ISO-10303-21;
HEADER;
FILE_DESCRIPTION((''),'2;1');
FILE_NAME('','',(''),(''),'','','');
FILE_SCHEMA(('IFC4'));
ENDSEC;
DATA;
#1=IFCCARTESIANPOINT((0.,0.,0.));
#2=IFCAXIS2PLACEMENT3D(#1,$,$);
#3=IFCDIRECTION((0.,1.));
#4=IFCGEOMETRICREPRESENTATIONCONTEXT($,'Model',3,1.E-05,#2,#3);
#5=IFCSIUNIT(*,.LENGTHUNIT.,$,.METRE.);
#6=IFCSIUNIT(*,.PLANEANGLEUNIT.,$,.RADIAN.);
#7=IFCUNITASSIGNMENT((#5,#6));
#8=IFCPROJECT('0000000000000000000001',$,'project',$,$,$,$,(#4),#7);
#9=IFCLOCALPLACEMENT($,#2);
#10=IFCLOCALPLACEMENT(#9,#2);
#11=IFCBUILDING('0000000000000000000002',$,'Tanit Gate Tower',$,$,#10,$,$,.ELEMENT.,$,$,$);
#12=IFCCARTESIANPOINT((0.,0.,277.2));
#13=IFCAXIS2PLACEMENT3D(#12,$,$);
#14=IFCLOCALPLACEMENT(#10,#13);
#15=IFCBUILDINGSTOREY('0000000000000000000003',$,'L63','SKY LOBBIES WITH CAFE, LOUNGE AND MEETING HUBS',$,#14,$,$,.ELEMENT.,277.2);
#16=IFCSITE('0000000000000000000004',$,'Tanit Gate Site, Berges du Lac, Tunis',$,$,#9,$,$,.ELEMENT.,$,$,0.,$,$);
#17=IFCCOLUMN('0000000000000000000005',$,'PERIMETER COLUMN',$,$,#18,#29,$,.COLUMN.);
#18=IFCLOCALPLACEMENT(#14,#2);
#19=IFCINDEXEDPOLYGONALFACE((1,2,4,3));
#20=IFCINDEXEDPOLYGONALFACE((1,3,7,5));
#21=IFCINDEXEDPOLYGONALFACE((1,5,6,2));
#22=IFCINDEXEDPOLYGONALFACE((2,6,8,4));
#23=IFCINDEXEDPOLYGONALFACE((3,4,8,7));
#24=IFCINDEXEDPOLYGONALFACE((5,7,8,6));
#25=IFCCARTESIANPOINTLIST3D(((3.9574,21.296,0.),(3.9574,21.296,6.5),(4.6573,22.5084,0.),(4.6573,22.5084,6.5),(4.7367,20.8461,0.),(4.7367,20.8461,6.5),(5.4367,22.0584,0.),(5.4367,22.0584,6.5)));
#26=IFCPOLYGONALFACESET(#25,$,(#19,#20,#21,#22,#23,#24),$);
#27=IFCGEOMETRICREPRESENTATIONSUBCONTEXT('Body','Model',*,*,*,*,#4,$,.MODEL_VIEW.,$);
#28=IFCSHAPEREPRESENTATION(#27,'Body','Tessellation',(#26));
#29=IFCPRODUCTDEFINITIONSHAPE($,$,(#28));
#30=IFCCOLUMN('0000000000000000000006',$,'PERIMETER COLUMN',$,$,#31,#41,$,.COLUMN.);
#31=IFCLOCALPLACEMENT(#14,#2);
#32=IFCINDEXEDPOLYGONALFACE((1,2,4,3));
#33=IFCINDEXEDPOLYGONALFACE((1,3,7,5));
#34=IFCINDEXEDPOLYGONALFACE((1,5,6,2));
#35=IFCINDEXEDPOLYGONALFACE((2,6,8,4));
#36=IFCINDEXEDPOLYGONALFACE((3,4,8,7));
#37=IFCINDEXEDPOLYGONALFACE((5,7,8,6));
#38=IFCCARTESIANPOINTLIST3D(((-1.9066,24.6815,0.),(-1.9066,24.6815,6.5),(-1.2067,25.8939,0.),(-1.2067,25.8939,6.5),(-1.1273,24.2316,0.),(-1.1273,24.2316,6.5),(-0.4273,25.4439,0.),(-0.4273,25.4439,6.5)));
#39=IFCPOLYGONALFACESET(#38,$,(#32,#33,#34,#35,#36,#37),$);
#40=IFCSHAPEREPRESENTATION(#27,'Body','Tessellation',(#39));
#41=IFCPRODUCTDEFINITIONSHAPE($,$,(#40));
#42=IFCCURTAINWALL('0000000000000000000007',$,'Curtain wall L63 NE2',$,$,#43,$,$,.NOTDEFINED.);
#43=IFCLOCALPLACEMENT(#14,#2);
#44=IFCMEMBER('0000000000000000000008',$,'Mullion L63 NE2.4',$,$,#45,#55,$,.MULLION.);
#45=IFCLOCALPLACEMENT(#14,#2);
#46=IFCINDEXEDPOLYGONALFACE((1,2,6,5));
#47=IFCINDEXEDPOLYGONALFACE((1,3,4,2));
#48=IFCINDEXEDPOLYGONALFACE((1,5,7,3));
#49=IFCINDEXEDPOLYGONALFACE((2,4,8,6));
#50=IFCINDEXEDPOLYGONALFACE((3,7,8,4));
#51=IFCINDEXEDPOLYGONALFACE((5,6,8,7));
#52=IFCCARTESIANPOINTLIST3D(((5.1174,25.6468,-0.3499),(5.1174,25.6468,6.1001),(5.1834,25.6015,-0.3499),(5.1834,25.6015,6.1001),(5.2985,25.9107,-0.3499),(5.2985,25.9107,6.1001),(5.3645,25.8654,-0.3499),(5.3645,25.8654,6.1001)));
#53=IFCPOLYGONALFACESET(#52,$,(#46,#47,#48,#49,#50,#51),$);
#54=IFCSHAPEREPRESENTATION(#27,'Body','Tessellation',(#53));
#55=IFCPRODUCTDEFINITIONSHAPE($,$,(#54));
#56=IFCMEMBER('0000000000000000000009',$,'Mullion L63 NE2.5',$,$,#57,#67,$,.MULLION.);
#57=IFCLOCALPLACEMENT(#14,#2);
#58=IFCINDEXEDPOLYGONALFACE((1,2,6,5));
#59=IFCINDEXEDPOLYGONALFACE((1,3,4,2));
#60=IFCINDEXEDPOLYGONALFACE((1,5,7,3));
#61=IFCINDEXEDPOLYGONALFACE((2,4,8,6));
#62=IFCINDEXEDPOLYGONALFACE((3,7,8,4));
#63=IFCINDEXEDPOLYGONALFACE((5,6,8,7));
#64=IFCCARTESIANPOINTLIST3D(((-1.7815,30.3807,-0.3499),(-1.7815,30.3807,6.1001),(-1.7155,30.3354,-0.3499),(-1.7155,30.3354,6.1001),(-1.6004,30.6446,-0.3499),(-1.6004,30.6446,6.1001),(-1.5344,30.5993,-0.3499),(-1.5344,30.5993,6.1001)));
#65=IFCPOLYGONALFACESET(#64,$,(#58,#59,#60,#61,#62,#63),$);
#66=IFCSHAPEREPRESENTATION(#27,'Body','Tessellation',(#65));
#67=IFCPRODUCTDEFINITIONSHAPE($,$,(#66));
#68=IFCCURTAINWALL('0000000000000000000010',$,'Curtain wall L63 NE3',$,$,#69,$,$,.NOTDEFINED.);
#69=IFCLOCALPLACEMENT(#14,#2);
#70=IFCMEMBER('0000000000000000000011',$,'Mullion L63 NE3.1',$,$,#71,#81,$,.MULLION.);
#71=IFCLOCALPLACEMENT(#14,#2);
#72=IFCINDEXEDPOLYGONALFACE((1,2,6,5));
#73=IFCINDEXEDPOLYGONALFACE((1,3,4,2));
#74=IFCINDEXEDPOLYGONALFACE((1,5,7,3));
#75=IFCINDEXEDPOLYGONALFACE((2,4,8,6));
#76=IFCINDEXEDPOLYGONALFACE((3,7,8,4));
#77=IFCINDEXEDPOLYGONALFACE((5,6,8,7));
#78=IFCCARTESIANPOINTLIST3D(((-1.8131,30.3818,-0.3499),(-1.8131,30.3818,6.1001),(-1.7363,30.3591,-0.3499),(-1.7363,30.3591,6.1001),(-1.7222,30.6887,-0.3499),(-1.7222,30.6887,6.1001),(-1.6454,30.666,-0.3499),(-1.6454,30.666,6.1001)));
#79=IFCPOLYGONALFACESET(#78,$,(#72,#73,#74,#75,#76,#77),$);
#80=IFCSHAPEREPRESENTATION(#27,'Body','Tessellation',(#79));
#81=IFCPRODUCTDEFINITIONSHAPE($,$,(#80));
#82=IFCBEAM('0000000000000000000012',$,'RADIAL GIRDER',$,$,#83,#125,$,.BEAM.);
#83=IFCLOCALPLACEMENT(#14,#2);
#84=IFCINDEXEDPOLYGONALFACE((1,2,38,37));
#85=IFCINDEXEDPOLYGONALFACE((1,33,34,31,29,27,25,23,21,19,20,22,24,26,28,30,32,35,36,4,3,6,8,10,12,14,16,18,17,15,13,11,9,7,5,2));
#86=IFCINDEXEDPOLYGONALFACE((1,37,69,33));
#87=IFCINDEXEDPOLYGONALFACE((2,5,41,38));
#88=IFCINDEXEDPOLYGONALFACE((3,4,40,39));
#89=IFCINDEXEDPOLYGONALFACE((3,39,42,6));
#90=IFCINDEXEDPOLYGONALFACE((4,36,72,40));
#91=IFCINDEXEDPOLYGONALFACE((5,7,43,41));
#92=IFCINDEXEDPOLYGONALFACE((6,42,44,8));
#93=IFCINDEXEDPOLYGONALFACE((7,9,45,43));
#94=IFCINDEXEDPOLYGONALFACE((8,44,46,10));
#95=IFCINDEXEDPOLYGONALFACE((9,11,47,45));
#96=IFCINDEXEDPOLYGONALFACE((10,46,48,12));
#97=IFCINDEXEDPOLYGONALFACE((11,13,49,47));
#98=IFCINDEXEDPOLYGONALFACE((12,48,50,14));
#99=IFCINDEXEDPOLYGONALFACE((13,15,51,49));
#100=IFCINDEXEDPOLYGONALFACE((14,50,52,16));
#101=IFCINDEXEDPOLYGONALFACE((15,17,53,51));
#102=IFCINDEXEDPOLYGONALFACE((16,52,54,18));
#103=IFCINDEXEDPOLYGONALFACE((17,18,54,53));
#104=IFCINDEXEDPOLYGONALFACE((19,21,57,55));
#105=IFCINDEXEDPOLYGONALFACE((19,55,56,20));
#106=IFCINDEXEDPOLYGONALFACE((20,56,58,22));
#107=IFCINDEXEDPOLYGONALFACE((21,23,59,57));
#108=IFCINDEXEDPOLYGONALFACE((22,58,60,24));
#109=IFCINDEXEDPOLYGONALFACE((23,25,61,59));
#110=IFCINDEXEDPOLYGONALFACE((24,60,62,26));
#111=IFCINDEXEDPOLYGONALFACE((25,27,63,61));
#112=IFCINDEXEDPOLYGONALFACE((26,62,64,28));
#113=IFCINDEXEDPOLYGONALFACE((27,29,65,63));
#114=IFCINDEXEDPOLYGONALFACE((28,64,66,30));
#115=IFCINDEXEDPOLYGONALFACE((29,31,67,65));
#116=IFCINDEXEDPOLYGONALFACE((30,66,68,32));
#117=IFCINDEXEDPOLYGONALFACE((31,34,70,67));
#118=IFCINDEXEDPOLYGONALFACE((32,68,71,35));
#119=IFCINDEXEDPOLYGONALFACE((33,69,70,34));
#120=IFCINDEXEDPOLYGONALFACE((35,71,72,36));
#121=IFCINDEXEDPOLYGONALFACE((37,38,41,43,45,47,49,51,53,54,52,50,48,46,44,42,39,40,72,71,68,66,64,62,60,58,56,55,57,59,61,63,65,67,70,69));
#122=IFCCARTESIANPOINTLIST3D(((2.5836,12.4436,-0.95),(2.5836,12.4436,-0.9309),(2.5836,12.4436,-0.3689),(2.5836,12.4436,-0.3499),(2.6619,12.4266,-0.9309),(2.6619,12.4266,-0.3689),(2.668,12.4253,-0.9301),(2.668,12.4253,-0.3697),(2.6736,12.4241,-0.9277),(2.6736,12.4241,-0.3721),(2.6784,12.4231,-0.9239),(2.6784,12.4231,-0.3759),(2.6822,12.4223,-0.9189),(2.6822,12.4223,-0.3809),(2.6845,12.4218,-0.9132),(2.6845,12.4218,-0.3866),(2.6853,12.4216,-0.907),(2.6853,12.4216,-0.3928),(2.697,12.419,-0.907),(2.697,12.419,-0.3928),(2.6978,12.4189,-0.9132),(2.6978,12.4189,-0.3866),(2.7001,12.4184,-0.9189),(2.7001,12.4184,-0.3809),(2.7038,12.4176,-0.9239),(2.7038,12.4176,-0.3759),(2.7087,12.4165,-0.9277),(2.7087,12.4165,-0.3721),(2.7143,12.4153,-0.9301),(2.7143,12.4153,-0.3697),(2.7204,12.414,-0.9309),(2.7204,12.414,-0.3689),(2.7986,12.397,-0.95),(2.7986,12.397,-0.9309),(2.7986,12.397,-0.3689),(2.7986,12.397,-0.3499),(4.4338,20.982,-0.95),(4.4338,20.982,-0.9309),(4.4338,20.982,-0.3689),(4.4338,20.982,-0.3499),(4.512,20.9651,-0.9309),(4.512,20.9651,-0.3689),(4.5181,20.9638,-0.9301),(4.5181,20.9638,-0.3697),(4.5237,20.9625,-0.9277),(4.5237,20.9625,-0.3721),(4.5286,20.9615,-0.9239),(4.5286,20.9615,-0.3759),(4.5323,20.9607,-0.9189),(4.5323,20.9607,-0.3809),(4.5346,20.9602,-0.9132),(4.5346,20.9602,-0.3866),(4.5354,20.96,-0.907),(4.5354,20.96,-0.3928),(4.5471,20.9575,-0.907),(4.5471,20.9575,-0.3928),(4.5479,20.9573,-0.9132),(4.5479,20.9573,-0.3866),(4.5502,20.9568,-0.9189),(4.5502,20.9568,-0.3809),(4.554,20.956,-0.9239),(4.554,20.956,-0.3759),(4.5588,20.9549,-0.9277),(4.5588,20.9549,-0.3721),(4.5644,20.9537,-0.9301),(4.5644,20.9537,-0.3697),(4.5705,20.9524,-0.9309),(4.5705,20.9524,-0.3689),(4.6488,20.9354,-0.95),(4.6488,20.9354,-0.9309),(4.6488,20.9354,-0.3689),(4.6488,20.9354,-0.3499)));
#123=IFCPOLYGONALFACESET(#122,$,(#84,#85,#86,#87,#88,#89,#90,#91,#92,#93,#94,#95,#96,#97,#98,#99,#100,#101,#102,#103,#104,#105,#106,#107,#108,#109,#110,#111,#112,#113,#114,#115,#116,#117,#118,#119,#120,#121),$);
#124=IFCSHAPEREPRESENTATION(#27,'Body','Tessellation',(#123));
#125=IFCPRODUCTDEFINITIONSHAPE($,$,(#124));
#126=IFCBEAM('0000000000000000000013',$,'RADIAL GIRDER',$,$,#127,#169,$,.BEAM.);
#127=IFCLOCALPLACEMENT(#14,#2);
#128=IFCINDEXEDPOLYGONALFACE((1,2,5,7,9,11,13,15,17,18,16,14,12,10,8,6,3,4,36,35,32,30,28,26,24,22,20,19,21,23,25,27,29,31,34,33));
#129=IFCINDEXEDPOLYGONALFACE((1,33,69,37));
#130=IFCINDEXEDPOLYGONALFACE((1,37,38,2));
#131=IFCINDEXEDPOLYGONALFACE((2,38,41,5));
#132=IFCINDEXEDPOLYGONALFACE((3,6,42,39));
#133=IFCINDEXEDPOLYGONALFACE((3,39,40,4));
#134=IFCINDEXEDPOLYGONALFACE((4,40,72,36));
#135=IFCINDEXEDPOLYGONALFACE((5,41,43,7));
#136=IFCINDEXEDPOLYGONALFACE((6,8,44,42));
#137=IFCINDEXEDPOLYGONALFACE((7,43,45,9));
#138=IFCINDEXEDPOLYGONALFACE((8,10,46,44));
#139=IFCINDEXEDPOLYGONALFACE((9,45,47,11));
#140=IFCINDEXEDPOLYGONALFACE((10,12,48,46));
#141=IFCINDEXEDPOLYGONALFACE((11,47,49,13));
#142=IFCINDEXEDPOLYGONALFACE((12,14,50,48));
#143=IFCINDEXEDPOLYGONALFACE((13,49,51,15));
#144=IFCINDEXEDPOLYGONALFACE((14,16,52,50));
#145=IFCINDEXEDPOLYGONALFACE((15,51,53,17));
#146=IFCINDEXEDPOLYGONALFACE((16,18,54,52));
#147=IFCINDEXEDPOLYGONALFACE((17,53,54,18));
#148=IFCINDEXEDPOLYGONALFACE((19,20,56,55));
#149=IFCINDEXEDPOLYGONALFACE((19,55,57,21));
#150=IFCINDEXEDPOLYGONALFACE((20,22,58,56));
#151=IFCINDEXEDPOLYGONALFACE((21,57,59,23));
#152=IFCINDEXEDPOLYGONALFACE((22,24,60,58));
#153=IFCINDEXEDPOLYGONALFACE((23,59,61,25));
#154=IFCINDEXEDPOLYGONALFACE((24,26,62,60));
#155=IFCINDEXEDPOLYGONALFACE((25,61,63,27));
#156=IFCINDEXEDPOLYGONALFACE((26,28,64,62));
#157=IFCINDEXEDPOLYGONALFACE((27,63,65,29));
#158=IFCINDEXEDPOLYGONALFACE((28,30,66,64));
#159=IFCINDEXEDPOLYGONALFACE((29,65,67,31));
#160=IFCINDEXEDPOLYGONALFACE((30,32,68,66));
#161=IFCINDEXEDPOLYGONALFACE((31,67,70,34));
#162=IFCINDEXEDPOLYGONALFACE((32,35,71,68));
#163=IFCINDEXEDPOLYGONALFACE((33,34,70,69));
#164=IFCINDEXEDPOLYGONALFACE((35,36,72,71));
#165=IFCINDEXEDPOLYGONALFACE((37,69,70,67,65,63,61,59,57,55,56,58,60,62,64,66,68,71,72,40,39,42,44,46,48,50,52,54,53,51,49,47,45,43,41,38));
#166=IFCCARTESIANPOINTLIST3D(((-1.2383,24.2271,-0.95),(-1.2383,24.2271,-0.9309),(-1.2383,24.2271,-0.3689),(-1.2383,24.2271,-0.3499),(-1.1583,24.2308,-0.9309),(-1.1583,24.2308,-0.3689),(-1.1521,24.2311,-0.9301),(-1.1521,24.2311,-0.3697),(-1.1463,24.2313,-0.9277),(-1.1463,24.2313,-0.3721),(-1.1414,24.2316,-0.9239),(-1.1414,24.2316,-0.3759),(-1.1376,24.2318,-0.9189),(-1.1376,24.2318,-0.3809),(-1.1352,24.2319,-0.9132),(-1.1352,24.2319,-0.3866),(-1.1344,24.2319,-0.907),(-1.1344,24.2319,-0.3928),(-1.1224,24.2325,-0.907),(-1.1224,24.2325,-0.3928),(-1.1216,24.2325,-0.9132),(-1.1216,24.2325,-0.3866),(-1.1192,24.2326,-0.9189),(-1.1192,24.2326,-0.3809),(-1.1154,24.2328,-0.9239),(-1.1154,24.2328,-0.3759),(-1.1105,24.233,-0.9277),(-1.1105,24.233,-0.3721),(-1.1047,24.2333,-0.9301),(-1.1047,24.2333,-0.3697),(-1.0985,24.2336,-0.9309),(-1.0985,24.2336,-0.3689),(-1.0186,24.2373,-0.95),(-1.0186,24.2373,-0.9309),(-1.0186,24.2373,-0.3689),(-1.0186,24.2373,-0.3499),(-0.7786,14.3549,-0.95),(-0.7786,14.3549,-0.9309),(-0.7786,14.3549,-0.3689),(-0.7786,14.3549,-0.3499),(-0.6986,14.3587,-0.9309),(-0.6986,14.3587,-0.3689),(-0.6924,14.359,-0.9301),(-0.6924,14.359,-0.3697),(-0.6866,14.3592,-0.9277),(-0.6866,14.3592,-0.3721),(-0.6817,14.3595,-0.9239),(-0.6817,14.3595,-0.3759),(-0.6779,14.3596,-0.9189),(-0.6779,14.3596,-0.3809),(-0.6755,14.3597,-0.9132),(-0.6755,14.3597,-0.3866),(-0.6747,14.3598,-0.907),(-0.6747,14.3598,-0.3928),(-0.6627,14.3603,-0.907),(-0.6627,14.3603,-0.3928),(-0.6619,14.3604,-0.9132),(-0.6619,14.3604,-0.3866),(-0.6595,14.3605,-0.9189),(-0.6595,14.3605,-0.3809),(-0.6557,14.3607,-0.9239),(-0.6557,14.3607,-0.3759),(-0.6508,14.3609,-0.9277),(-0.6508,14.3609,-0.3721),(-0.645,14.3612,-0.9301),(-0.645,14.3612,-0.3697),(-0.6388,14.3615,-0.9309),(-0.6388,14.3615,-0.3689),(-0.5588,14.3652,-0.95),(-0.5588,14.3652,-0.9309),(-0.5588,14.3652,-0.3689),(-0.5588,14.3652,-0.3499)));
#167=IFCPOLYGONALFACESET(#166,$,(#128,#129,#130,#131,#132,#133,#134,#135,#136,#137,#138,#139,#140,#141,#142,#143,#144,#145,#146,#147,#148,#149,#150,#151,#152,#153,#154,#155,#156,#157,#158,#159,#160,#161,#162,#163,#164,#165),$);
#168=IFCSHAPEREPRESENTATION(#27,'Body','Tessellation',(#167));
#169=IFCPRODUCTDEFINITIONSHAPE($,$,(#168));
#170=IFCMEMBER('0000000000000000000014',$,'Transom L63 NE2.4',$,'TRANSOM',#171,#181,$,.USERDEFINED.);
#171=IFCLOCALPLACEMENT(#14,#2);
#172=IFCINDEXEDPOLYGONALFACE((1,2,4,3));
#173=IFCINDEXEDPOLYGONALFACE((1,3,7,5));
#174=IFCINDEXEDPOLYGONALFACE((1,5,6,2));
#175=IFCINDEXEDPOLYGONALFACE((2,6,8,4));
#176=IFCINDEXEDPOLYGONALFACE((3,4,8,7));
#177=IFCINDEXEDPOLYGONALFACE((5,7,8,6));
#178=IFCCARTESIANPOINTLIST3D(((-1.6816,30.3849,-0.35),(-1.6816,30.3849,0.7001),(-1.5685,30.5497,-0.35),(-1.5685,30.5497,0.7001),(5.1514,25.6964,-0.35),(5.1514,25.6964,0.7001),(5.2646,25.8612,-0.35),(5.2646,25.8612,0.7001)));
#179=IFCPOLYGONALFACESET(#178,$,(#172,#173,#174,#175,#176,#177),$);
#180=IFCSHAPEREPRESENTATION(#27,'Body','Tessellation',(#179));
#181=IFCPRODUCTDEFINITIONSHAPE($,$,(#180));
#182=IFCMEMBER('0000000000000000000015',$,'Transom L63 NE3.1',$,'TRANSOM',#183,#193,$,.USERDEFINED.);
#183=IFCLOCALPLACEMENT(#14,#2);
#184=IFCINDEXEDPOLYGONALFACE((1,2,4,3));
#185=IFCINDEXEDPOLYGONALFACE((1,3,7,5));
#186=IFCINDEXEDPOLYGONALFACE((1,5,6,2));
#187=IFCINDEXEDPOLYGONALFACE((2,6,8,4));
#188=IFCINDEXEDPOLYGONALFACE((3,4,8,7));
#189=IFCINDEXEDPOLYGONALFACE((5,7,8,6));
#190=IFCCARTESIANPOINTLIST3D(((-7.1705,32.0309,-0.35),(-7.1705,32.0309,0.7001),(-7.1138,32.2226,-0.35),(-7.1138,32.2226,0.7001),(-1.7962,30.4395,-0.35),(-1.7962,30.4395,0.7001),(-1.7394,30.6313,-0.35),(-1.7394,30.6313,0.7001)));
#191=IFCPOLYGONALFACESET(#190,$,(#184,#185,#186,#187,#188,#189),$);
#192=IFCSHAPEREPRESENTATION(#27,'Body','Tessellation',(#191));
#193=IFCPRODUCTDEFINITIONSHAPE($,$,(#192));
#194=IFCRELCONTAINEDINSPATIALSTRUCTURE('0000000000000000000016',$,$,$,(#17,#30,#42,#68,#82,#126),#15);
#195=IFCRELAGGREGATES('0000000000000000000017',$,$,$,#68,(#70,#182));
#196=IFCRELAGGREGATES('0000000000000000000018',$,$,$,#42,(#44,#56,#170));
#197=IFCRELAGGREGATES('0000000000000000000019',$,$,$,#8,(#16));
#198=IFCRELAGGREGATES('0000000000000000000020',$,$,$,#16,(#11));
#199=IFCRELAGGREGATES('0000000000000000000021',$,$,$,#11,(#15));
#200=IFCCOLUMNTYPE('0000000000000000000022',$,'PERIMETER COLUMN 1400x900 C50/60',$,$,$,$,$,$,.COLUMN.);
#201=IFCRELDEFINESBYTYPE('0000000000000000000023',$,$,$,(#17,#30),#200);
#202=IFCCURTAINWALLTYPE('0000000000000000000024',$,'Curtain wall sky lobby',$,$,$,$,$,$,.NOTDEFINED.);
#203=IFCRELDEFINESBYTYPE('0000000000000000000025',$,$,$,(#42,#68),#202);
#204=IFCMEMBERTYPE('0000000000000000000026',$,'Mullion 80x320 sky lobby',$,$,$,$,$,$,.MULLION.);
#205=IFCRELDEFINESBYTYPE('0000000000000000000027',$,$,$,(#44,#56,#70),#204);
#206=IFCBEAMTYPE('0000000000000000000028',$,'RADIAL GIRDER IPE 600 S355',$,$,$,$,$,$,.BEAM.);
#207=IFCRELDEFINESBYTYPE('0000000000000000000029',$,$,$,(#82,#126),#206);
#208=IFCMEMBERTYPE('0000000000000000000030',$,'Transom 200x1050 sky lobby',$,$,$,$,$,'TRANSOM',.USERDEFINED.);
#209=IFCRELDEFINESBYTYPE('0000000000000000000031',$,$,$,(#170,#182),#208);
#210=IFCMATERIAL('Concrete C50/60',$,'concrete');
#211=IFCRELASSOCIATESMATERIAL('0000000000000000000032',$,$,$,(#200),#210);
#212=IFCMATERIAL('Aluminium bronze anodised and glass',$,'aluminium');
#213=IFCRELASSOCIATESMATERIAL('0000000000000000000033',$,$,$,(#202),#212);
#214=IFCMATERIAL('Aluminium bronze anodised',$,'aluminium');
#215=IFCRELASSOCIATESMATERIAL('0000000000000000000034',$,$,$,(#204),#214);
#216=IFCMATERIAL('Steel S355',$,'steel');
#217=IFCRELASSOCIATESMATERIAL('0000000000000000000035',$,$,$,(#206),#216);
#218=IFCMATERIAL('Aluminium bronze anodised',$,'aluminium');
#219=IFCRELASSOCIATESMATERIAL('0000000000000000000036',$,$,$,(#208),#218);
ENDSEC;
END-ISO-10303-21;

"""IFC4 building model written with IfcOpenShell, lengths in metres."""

from ifc_helpers import new_model, si_unit, direction, frame, origin, origin_2d, place, context, subcontext, project, spatial, rectangle, i_section, extrude, material, material_profile, profile_set, type_object, element, aggregate, save


model = new_model("IFC4")

# Units and contexts
model_context = context("Model", 3, precision=1e-05, world=origin(), true_north=direction((0.0, 1.0)))
body_context = subcontext(model_context, "Body", "Model", "MODEL_VIEW")
ifc_project = project(units=[si_unit("LENGTHUNIT", "METRE"), si_unit("PLANEANGLEUNIT", "RADIAN")], contexts=[model_context])

# Site, building, storey
site_placement = place(None, origin())
site = spatial("IfcSite", under=ifc_project, at=site_placement, Name="Tanit Gate Site, Berges du Lac, Tunis", CompositionType="ELEMENT", RefElevation=0.0)
building_placement = place(site_placement, origin())
building = spatial("IfcBuilding", under=site, at=building_placement, Name="Tanit Gate Tower", CompositionType="ELEMENT")
storey_placement = place(building_placement, frame((0.0, 0.0, 277.2)))
storey = spatial("IfcBuildingStorey", under=building, at=storey_placement, Name="L63", Description="SKY LOBBIES WITH CAFE, LOUNGE AND MEETING HUBS", CompositionType="ELEMENT", Elevation=277.2)

# Columns
ifc_material_1 = material(Name="Concrete C50/60", Category="concrete")
ifc_material_profile_1 = material_profile(ifc_material_1, rectangle(XDim=1.3999, YDim=0.8999, at=origin_2d()), Name="RC 1400x900")
ifc_profile_set_1 = profile_set([ifc_material_profile_1], Name="Concrete C50/60")
column_type = type_object("IfcColumnType", Name="PERIMETER COLUMN 1400x900 C50/60", PredefinedType="COLUMN", material=ifc_profile_set_1)
for number, where, z_axis, x_axis, name in (
    (1, (4.697, 21.6772, 0.0), (0.0, 0.0, 1.0), (0.5, 0.866025, 0.0), "PERIMETER COLUMN"),
    (2, (-1.167, 25.0627, 0.0), (0.0, 0.0, 1.0), (0.5, 0.866025, 0.0), "PERIMETER COLUMN"),
):
    element("IfcColumn", number, at=place(storey_placement, frame(where, z_axis=z_axis, x_axis=x_axis)), inside=storey, type_object=column_type, Name=name, PredefinedType="COLUMN", context=body_context, shape_type="SweptSolid", body=[
        extrude(rectangle(XDim=1.3999, YDim=0.8999, at=origin_2d()), origin(), (0.0, 0.0, 1.0), 6.5),
    ])

# Curtain wall, members
ifc_material_2 = material(Name="Aluminium bronze anodised and glass", Category="aluminium")
curtain_wall_type = type_object("IfcCurtainWallType", Name="Curtain wall sky lobby", PredefinedType="NOTDEFINED", material=ifc_material_2)
curtain_wall_1_placement = place(storey_placement, origin())
curtain_wall_1 = element("IfcCurtainWall", 3, at=curtain_wall_1_placement, inside=storey, type_object=curtain_wall_type, Name="Curtain wall L63 NE2", PredefinedType="NOTDEFINED")
ifc_material_3 = material(Name="Aluminium bronze anodised", Category="aluminium")
ifc_material_profile_2 = material_profile(ifc_material_3, rectangle(XDim=0.3201, YDim=0.0801, at=origin_2d()), Name="80x320 bronze mullion")
ifc_profile_set_2 = profile_set([ifc_material_profile_2], Name="Aluminium bronze anodised")
member_type_1 = type_object("IfcMemberType", Name="Mullion 80x320 sky lobby", PredefinedType="MULLION", material=ifc_profile_set_2)
member_1_placement = place(storey_placement, frame((5.241, 25.7561, -0.3499), z_axis=(0.0, 0.0, 1.0), x_axis=(-0.56578, -0.824557, 0.0)))
member_1 = element("IfcMember", 4, at=member_1_placement, type_object=member_type_1, Name="Mullion L63 NE2.4", PredefinedType="MULLION", context=body_context, shape_type="SweptSolid", body=[
    extrude(rectangle(XDim=0.3201, YDim=0.0801, at=origin_2d()), origin(), (0.0, 0.0, 1.0), 6.45),
])
member_2_placement = place(storey_placement, frame((-1.658, 30.49, -0.3499), z_axis=(0.0, 0.0, 1.0), x_axis=(-0.56578, -0.824557, 0.0)))
member_2 = element("IfcMember", 5, at=member_2_placement, type_object=member_type_1, Name="Mullion L63 NE2.5", PredefinedType="MULLION", context=body_context, shape_type="SweptSolid", body=[
    extrude(rectangle(XDim=0.3201, YDim=0.0801, at=origin_2d()), origin(), (0.0, 0.0, 1.0), 6.45),
])

# Curtain wall, member
curtain_wall_2_placement = place(storey_placement, origin())
curtain_wall_2 = element("IfcCurtainWall", 6, at=curtain_wall_2_placement, inside=storey, type_object=curtain_wall_type, Name="Curtain wall L63 NE3", PredefinedType="NOTDEFINED")
member_3_placement = place(storey_placement, frame((-1.7292, 30.5239, -0.3499), z_axis=(0.0, 0.0, 1.0), x_axis=(-0.28392, -0.958848, 0.0)))
member_3 = element("IfcMember", 7, at=member_3_placement, type_object=member_type_1, Name="Mullion L63 NE3.1", PredefinedType="MULLION", context=body_context, shape_type="SweptSolid", body=[
    extrude(rectangle(XDim=0.3201, YDim=0.0801, at=origin_2d()), origin(), (0.0, 0.0, 1.0), 6.45),
])

# Beams
ifc_material_4 = material(Name="Steel S355", Category="steel")
ifc_material_profile_3 = material_profile(ifc_material_4, i_section(OverallWidth=0.22, OverallDepth=0.6001, WebThickness=0.012, FlangeThickness=0.019, FilletRadius=0.0239, at=origin_2d()), Name="IPE 600")
ifc_profile_set_3 = profile_set([ifc_material_profile_3], Name="Steel S355")
beam_type = type_object("IfcBeamType", Name="RADIAL GIRDER IPE 600 S355", PredefinedType="BEAM", material=ifc_profile_set_3)
beam_1_placement = place(storey_placement, frame((4.5413, 20.9587, -0.6499), z_axis=(-0.211767, -0.97732, 0.0), x_axis=(0.97732, -0.211767, 0.0)))
element("IfcBeam", 8, at=beam_1_placement, inside=storey, type_object=beam_type, Name="RADIAL GIRDER", PredefinedType="BEAM", context=body_context, shape_type="SweptSolid", body=[
    extrude(i_section(OverallWidth=0.22, OverallDepth=0.6001, WebThickness=0.012, FlangeThickness=0.019, FilletRadius=0.0239, at=origin_2d()), origin(), (0.0, 0.0, 1.0), 8.7366),
])
beam_2_placement = place(storey_placement, frame((-1.1284, 24.2322, -0.6499), z_axis=(0.046517, -0.998917, 0.0), x_axis=(0.998917, 0.046517, 0.0)))
element("IfcBeam", 9, at=beam_2_placement, inside=storey, type_object=beam_type, Name="RADIAL GIRDER", PredefinedType="BEAM", context=body_context, shape_type="SweptSolid", body=[
    extrude(i_section(OverallWidth=0.22, OverallDepth=0.6001, WebThickness=0.012, FlangeThickness=0.019, FilletRadius=0.0239, at=origin_2d()), origin(), (0.0, 0.0, 1.0), 9.8828),
])

# Members
ifc_material_5 = material(Name="Aluminium bronze anodised", Category="aluminium")
ifc_material_profile_4 = material_profile(ifc_material_5, rectangle(XDim=0.2, YDim=1.05, at=origin_2d()), Name="200x1050 bronze transom")
ifc_profile_set_4 = profile_set([ifc_material_profile_4], Name="Aluminium bronze anodised")
member_type_2 = type_object("IfcMemberType", Name="Transom 200x1050 sky lobby", ElementType="TRANSOM", PredefinedType="USERDEFINED", material=ifc_profile_set_4)
member_4_placement = place(storey_placement, frame((5.208, 25.7788, 0.175), z_axis=(-0.824561, 0.565773, 0.0), x_axis=(-0.565773, -0.824561, 0.0)))
member_4 = element("IfcMember", 10, at=member_4_placement, type_object=member_type_2, Name="Transom L63 NE2.4", ObjectType="TRANSOM", PredefinedType="USERDEFINED", context=body_context, shape_type="SweptSolid", body=[
    extrude(rectangle(XDim=0.2, YDim=1.05, at=origin_2d()), origin(), (0.0, 0.0, 1.0), 8.2869),
])
member_5_placement = place(storey_placement, frame((-1.7678, 30.5354, 0.175), z_axis=(-0.95885, 0.283913, 0.0), x_axis=(-0.283913, -0.95885, 0.0)))
member_5 = element("IfcMember", 11, at=member_5_placement, type_object=member_type_2, Name="Transom L63 NE3.1", ObjectType="TRANSOM", PredefinedType="USERDEFINED", context=body_context, shape_type="SweptSolid", body=[
    extrude(rectangle(XDim=0.2, YDim=1.05, at=origin_2d()), origin(), (0.0, 0.0, 1.0), 5.605),
])
aggregate(curtain_wall_2, [member_3, member_5])

aggregate(curtain_wall_1, [member_1, member_2, member_4])

save(model, "model.ifc")
